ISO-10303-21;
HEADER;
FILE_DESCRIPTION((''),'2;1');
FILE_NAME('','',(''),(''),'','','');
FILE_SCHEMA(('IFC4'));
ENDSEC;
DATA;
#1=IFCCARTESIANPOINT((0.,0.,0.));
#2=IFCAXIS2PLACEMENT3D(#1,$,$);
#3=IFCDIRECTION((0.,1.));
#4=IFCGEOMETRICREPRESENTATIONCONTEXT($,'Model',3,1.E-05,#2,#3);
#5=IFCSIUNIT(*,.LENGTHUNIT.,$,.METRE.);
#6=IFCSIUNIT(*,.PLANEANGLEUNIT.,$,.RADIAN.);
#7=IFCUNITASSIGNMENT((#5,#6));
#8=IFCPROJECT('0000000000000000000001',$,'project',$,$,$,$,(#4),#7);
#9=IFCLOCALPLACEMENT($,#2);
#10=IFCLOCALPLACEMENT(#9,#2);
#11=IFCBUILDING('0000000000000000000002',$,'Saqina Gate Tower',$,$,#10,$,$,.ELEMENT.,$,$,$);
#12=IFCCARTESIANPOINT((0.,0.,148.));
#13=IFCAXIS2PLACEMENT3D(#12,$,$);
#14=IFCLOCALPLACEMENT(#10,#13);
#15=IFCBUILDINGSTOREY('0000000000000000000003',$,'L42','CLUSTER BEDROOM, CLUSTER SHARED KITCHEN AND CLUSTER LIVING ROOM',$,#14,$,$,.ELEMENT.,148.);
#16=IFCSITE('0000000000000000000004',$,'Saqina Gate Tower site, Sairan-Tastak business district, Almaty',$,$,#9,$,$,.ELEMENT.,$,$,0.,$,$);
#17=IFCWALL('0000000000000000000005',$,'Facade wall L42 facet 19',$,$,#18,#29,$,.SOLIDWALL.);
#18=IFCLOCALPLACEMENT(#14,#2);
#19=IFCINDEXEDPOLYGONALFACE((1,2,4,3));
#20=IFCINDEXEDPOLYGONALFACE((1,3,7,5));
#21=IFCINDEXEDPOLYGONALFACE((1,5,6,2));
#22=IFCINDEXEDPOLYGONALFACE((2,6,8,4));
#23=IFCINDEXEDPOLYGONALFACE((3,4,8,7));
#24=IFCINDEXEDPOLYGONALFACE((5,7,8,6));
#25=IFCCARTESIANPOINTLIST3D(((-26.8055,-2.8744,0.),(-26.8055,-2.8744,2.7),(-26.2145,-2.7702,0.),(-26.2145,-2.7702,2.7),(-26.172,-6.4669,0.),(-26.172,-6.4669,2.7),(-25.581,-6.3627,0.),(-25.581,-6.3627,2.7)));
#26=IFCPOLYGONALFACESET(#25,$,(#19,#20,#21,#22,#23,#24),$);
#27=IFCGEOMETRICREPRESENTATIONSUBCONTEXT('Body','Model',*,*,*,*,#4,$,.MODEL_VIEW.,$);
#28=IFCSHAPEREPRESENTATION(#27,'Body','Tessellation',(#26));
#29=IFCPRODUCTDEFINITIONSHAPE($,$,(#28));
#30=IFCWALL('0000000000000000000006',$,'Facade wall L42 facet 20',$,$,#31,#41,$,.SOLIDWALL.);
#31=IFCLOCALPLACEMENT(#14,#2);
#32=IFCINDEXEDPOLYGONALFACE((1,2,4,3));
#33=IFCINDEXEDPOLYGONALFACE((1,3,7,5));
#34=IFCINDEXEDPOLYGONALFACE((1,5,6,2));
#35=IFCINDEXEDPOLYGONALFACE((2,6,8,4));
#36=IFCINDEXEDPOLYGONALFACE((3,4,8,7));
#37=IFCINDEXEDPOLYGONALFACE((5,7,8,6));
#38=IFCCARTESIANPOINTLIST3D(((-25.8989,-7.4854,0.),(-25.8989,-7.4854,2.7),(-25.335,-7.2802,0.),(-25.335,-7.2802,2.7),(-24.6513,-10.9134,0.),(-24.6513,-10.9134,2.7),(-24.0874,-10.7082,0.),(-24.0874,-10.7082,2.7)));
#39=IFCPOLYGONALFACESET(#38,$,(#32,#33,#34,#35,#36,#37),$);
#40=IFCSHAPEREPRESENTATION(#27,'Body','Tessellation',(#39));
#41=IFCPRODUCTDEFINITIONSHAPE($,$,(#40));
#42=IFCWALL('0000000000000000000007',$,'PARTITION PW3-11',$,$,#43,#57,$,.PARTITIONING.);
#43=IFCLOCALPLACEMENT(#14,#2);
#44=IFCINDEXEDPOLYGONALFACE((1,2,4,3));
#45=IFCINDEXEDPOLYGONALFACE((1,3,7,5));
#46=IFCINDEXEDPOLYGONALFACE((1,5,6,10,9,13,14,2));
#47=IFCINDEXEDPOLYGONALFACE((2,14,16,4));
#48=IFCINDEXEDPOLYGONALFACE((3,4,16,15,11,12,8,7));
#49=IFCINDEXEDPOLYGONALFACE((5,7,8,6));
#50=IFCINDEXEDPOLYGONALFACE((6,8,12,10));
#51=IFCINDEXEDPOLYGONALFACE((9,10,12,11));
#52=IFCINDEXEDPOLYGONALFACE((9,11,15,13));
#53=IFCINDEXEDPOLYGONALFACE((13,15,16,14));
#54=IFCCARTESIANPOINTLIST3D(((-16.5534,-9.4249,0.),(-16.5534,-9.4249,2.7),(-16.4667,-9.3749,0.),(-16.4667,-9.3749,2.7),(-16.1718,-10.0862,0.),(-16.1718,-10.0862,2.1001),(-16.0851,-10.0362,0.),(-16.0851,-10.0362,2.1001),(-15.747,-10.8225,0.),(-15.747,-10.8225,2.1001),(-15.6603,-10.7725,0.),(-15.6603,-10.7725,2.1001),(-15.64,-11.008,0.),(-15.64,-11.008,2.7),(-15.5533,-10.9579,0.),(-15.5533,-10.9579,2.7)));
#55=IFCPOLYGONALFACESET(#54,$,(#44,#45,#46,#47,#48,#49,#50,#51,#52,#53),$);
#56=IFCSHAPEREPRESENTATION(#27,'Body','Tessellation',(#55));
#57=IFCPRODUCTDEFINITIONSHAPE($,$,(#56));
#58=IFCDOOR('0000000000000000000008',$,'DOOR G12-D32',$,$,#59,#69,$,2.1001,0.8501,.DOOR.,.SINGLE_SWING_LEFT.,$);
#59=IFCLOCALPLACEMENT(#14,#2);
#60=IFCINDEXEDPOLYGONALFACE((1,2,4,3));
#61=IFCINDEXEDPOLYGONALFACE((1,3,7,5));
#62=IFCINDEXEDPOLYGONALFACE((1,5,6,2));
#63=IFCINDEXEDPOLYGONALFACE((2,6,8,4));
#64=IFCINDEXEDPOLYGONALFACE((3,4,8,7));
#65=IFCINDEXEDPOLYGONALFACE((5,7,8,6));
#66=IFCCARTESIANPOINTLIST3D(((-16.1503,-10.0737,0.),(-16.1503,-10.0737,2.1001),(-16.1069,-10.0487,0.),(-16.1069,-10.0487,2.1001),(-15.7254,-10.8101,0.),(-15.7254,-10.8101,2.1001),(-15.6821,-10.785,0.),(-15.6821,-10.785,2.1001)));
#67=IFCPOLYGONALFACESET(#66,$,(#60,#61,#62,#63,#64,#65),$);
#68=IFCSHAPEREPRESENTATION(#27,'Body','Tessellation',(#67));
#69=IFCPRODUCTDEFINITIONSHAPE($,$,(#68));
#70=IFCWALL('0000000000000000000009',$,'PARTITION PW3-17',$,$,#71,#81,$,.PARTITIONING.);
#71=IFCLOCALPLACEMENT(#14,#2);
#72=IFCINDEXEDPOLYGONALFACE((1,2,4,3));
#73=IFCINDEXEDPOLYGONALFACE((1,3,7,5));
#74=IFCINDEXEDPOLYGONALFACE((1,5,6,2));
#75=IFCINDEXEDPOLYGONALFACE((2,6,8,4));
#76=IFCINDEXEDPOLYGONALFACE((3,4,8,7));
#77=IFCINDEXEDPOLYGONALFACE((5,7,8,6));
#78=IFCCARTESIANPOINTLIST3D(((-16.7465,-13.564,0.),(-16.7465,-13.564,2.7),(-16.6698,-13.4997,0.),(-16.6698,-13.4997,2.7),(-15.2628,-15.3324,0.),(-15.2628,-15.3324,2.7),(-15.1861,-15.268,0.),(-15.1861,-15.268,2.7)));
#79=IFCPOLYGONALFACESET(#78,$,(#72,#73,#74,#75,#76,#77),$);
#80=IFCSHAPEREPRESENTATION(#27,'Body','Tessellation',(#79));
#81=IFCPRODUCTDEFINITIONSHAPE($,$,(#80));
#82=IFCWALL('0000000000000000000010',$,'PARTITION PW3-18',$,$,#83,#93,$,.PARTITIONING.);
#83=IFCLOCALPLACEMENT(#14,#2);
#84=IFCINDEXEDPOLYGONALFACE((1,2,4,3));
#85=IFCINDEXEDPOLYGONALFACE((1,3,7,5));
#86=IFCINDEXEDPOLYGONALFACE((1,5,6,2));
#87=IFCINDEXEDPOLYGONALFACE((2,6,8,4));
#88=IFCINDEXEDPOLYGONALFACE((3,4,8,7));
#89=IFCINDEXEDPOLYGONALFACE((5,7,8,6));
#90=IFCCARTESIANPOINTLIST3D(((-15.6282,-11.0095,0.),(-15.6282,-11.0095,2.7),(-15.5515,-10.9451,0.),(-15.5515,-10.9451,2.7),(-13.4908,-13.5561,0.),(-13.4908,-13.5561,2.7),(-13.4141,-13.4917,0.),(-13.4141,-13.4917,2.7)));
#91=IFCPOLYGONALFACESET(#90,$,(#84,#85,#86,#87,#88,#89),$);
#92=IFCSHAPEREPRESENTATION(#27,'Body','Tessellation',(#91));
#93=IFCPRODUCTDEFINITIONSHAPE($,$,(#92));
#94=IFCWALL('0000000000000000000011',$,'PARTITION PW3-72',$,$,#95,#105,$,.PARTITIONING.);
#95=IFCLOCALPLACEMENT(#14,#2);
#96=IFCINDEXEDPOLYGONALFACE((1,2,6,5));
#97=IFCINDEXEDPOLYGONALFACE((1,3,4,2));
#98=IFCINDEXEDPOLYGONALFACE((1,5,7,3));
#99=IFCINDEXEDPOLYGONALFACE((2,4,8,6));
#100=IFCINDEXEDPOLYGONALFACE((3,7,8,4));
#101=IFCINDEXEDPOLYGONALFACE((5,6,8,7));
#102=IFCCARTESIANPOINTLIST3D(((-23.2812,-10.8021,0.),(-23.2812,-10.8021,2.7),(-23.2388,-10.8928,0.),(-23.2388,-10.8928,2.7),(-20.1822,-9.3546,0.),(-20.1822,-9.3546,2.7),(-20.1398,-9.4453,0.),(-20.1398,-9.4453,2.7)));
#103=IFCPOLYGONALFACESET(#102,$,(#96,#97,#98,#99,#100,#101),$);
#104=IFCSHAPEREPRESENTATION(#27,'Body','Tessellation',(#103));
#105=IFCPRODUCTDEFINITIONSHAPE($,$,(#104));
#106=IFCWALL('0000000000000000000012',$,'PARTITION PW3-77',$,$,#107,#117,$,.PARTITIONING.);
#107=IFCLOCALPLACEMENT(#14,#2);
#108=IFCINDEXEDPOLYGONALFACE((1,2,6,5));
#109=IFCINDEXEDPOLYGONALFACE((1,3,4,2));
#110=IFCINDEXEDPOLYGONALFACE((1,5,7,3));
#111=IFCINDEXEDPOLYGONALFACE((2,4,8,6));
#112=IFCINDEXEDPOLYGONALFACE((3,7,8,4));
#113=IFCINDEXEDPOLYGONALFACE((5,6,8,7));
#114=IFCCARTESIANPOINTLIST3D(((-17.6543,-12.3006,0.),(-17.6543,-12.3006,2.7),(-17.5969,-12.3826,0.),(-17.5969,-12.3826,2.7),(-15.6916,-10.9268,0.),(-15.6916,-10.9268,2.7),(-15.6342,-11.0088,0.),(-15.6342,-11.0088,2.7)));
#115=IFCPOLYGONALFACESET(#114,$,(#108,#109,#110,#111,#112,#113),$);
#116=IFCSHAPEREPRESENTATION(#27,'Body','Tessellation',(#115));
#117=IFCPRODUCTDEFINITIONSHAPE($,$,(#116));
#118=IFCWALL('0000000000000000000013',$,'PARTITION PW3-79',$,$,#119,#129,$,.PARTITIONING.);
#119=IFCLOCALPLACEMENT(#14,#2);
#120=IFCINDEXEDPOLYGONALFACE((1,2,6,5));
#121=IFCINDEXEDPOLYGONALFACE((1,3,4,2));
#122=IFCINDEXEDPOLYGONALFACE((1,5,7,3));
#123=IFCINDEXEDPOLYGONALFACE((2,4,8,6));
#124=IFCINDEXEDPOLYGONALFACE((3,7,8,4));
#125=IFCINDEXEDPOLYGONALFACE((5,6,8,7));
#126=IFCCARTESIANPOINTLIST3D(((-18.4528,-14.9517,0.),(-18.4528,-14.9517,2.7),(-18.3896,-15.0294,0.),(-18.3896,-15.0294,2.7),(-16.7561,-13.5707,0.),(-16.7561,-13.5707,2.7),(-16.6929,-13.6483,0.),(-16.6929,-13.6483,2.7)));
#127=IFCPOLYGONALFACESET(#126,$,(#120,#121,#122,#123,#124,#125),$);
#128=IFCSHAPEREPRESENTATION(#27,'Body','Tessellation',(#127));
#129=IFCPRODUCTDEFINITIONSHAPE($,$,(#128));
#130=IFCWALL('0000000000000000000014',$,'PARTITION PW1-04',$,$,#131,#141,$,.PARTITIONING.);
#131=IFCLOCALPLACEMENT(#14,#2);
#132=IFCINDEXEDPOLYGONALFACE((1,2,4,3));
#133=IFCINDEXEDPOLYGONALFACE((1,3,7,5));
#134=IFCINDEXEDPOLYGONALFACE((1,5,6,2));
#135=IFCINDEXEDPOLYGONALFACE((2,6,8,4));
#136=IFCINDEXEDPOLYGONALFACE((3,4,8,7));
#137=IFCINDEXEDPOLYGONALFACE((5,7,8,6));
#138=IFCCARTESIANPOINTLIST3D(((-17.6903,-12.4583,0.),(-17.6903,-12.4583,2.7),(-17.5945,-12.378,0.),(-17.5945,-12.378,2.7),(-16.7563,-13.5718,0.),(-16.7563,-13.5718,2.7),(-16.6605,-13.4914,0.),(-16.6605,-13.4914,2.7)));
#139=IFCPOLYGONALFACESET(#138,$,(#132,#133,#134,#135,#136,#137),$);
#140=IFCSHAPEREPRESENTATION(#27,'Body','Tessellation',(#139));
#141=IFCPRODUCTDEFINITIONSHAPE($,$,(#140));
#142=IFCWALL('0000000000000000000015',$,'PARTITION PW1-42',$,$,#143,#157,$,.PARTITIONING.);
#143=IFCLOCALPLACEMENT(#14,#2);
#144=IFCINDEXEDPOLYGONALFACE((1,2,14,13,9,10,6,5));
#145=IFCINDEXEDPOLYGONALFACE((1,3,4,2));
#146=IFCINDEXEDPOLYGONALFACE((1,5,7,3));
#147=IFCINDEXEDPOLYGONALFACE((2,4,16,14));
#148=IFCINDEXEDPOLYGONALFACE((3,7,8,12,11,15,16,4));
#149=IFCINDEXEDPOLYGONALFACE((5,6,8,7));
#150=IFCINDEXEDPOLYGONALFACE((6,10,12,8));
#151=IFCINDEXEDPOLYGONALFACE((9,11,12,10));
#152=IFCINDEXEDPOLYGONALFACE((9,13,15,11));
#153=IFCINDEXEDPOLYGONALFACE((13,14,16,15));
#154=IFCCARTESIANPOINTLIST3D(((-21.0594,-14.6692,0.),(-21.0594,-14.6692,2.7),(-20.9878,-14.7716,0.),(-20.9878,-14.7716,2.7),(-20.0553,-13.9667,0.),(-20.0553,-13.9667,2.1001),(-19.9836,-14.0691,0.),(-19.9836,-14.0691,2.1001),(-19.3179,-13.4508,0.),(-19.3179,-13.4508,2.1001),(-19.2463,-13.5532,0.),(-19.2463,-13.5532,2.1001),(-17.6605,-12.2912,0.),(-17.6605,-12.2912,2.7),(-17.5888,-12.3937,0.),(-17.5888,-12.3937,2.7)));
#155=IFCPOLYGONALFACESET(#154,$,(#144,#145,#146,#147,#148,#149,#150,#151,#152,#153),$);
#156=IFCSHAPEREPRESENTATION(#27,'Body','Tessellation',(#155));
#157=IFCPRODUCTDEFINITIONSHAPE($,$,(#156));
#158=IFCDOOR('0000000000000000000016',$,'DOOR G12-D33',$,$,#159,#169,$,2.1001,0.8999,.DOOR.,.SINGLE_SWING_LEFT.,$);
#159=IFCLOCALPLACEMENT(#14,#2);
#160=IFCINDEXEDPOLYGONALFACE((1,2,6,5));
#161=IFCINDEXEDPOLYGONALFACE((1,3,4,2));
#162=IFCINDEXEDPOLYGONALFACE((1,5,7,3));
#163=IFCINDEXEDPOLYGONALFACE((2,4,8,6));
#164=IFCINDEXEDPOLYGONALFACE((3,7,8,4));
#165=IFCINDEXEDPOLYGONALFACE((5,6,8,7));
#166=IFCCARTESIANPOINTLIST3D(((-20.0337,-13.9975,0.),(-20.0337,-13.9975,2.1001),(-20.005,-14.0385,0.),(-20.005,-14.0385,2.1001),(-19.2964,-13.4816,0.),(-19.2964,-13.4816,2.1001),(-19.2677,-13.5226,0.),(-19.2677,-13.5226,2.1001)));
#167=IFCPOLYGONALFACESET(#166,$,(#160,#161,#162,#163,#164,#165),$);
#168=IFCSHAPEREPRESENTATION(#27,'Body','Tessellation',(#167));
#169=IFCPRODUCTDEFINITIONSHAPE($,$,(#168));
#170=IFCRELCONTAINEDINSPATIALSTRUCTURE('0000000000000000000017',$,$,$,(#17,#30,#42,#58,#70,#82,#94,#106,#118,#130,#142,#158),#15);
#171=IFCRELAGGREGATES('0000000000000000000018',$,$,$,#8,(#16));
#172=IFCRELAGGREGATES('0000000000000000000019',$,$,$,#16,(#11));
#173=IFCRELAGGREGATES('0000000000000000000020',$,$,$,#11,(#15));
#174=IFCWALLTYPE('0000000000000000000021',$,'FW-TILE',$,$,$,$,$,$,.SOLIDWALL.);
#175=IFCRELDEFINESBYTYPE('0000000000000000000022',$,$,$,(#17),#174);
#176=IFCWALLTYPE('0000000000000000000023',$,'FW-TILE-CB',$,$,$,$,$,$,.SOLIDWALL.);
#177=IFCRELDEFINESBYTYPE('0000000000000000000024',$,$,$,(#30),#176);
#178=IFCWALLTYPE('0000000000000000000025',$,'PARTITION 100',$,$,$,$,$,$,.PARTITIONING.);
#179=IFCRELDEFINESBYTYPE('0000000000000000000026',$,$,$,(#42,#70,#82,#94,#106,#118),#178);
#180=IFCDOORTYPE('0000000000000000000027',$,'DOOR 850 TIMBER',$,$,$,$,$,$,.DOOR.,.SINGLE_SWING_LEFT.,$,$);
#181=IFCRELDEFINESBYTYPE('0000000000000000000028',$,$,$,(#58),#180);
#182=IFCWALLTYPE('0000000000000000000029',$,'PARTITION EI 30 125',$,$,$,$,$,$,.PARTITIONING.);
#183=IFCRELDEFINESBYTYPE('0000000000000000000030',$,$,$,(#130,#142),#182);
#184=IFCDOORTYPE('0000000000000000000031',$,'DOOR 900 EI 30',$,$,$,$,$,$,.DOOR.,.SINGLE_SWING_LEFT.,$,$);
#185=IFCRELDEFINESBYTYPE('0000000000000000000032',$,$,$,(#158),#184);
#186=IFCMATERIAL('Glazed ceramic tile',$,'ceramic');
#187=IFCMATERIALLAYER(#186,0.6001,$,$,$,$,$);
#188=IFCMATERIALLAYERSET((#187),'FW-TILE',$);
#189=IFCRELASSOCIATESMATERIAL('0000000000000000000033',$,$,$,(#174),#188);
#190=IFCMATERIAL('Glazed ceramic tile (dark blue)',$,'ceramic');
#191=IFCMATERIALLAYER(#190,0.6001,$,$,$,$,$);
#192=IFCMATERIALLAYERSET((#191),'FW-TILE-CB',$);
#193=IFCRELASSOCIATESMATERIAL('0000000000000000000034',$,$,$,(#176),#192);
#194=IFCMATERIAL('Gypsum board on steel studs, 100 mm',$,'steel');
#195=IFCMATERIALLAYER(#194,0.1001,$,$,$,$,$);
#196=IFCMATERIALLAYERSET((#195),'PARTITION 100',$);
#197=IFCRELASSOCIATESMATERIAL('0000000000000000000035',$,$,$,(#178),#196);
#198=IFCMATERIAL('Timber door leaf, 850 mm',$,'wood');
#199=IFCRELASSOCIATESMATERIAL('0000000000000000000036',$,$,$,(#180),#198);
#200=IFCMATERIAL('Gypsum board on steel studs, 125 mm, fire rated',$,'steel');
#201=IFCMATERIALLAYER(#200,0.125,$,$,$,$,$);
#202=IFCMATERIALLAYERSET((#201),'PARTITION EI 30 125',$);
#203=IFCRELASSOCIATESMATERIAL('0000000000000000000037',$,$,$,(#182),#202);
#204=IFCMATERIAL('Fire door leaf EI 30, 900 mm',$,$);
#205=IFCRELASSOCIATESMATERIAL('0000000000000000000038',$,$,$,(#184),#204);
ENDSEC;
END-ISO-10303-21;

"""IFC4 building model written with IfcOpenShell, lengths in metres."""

from ifc_helpers import new_model, si_unit, direction, frame, frame_2d, origin, place, context, subcontext, project, spatial, rectangle, extrude, material, layer, layer_set, type_object, element, fill, save


model = new_model("IFC4")

# Units and contexts
model_context = context("Model", 3, precision=1e-05, world=origin(), true_north=direction((0.0, 1.0)))
body_context = subcontext(model_context, "Body", "Model", "MODEL_VIEW")
ifc_project = project(units=[si_unit("LENGTHUNIT", "METRE"), si_unit("PLANEANGLEUNIT", "RADIAN")], contexts=[model_context])

# Site, building, storey
site_placement = place(None, origin())
site = spatial("IfcSite", under=ifc_project, at=site_placement, Name="Saqina Gate Tower site, Sairan-Tastak business district, Almaty", CompositionType="ELEMENT", RefElevation=0.0)
building_placement = place(site_placement, origin())
building = spatial("IfcBuilding", under=site, at=building_placement, Name="Saqina Gate Tower", CompositionType="ELEMENT")
storey_placement = place(building_placement, frame((0.0, 0.0, 148.0)))
storey = spatial("IfcBuildingStorey", under=building, at=storey_placement, Name="L42", Description="CLUSTER BEDROOM, CLUSTER SHARED KITCHEN AND CLUSTER LIVING ROOM", CompositionType="ELEMENT", Elevation=148.0)

# Walls
ifc_material_1 = material(Name="Glazed ceramic tile", Category="ceramic")
ifc_layer_1 = layer(ifc_material_1, 0.6001)
ifc_layer_set_1 = layer_set([ifc_layer_1], Name="FW-TILE")
wall_type_1 = type_object("IfcWallType", Name="FW-TILE", PredefinedType="SOLIDWALL", material=ifc_layer_set_1)
wall_1_placement = place(storey_placement, frame((-26.51, -2.8223, 0.0), z_axis=(0.0, 0.0, 1.0), x_axis=(0.173671, -0.984804, 0.0)))
element("IfcWall", 1, at=wall_1_placement, inside=storey, type_object=wall_type_1, Name="Facade wall L42 facet 19", PredefinedType="SOLIDWALL", context=body_context, shape_type="SweptSolid", body=[
    extrude(rectangle(XDim=3.6479, YDim=0.6001, at=frame_2d((1.824, 0.0))), origin(), (0.0, 0.0, 1.0), 2.7),
])
ifc_material_2 = material(Name="Glazed ceramic tile (dark blue)", Category="ceramic")
ifc_layer_2 = layer(ifc_material_2, 0.6001)
ifc_layer_set_2 = layer_set([ifc_layer_2], Name="FW-TILE-CB")
wall_type_2 = type_object("IfcWallType", Name="FW-TILE-CB", PredefinedType="SOLIDWALL", material=ifc_layer_set_2)
wall_2_placement = place(storey_placement, frame((-25.6169, -7.3828, 0.0), z_axis=(0.0, 0.0, 1.0), x_axis=(0.34199, -0.939704, 0.0)))
element("IfcWall", 2, at=wall_2_placement, inside=storey, type_object=wall_type_2, Name="Facade wall L42 facet 20", PredefinedType="SOLIDWALL", context=body_context, shape_type="SweptSolid", body=[
    extrude(rectangle(XDim=3.6479, YDim=0.6001, at=frame_2d((1.824, 0.0))), origin(), (0.0, 0.0, 1.0), 2.7),
])

# Wall, opening, door
ifc_material_3 = material(Name="Gypsum board on steel studs, 100 mm", Category="steel")
ifc_layer_3 = layer(ifc_material_3, 0.1001)
ifc_layer_set_3 = layer_set([ifc_layer_3], Name="PARTITION 100")
wall_type_3 = type_object("IfcWallType", Name="PARTITION 100", PredefinedType="PARTITIONING", material=ifc_layer_set_3)
wall_3_placement = place(storey_placement, frame((-16.51, -9.3999, 0.0), z_axis=(0.0, 0.0, 1.0), x_axis=(0.499746, -0.866172, 0.0)))
wall_3 = element("IfcWall", 3, at=wall_3_placement, inside=storey, type_object=wall_type_3, Name="PARTITION PW3-11", PredefinedType="PARTITIONING", context=body_context, shape_type="SweptSolid", body=[
    extrude(rectangle(XDim=1.8276, YDim=0.1001, at=frame_2d((0.9138, 0.0))), origin(), (0.0, 0.0, 1.0), 2.7),
])
opening_1_placement = place(wall_3_placement, frame((0.7634, 0.0, 0.0)))
opening_1 = element("IfcOpeningElement", 4, at=opening_1_placement, cuts=wall_3, PredefinedType="OPENING", context=body_context, shape_type="SweptSolid", body=[
    extrude(rectangle(XDim=0.8501, YDim=2.1001, at=frame_2d((0.425, 1.05))), frame((0.0, 0.062, 0.0), z_axis=(0.0, -1.0, 0.0), x_axis=(1.0, 0.0, 0.0)), (0.0, 0.0, 1.0), 0.124),
])
ifc_material_4 = material(Name="Timber door leaf, 850 mm", Category="wood")
door_type_1 = type_object("IfcDoorType", Name="DOOR 850 TIMBER", OperationType="SINGLE_SWING_LEFT", PredefinedType="DOOR", material=ifc_material_4)
door_1_placement = place(opening_1_placement, origin())
door_1 = element("IfcDoor", 5, at=door_1_placement, inside=storey, type_object=door_type_1, Name="DOOR G12-D32", OperationType="SINGLE_SWING_LEFT", OverallHeight=2.1001, OverallWidth=0.8501, PredefinedType="DOOR", context=body_context, shape_type="SweptSolid", body=[
    extrude(rectangle(XDim=0.8501, YDim=2.1001, at=frame_2d((0.425, 1.05))), frame((0.0, 0.0249, 0.0), z_axis=(0.0, -1.0, 0.0), x_axis=(1.0, 0.0, 0.0)), (0.0, 0.0, 1.0), 0.05),
])
fill(opening_1, door_1)

# Walls
wall_4_placement = place(storey_placement, frame((-16.7083, -13.5317, 0.0), z_axis=(0.0, 0.0, 1.0), x_axis=(0.64275, -0.766076, 0.0)))
element("IfcWall", 6, at=wall_4_placement, inside=storey, type_object=wall_type_3, Name="PARTITION PW3-17", PredefinedType="PARTITIONING", context=body_context, shape_type="SweptSolid", body=[
    extrude(rectangle(XDim=2.3083, YDim=0.1001, at=frame_2d((1.1543, 0.0))), origin(), (0.0, 0.0, 1.0), 2.7),
])
wall_5_placement = place(storey_placement, frame((-15.5898, -10.9773, 0.0), z_axis=(0.0, 0.0, 1.0), x_axis=(0.642889, -0.765959, 0.0)))
element("IfcWall", 7, at=wall_5_placement, inside=storey, type_object=wall_type_3, Name="PARTITION PW3-18", PredefinedType="PARTITIONING", context=body_context, shape_type="SweptSolid", body=[
    extrude(rectangle(XDim=3.3247, YDim=0.1001, at=frame_2d((1.6624, 0.0))), origin(), (0.0, 0.0, 1.0), 2.7),
])
wall_6_placement = place(storey_placement, frame((-23.26, -10.8474, 0.0), z_axis=(0.0, 0.0, 1.0), x_axis=(0.906043, 0.423186, 0.0)))
element("IfcWall", 8, at=wall_6_placement, inside=storey, type_object=wall_type_3, Name="PARTITION PW3-72", PredefinedType="PARTITIONING", context=body_context, shape_type="SweptSolid", body=[
    extrude(rectangle(XDim=3.4204, YDim=0.1001, at=frame_2d((1.7102, 0.0))), origin(), (0.0, 0.0, 1.0), 2.7),
])
wall_7_placement = place(storey_placement, frame((-17.6255, -12.3416, 0.0), z_axis=(0.0, 0.0, 1.0), x_axis=(0.819246, 0.573442, 0.0)))
element("IfcWall", 9, at=wall_7_placement, inside=storey, type_object=wall_type_3, Name="PARTITION PW3-77", PredefinedType="PARTITIONING", context=body_context, shape_type="SweptSolid", body=[
    extrude(rectangle(XDim=2.3958, YDim=0.1001, at=frame_2d((1.1978, 0.0))), origin(), (0.0, 0.0, 1.0), 2.7),
])
wall_8_placement = place(storey_placement, frame((-18.4211, -14.9905, 0.0), z_axis=(0.0, 0.0, 1.0), x_axis=(0.775561, 0.631273, 0.0)))
element("IfcWall", 10, at=wall_8_placement, inside=storey, type_object=wall_type_3, Name="PARTITION PW3-79", PredefinedType="PARTITIONING", context=body_context, shape_type="SweptSolid", body=[
    extrude(rectangle(XDim=2.1877, YDim=0.1001, at=frame_2d((1.0938, 0.0))), origin(), (0.0, 0.0, 1.0), 2.7),
])
ifc_material_5 = material(Name="Gypsum board on steel studs, 125 mm, fire rated", Category="steel")
ifc_layer_4 = layer(ifc_material_5, 0.125)
ifc_layer_set_4 = layer_set([ifc_layer_4], Name="PARTITION EI 30 125")
wall_type_4 = type_object("IfcWallType", Name="PARTITION EI 30 125", PredefinedType="PARTITIONING", material=ifc_layer_set_4)
wall_9_placement = place(storey_placement, frame((-17.6423, -12.4182, 0.0), z_axis=(0.0, 0.0, 1.0), x_axis=(0.642676, -0.766138, 0.0)))
element("IfcWall", 11, at=wall_9_placement, inside=storey, type_object=wall_type_4, Name="PARTITION PW1-04", PredefinedType="PARTITIONING", context=body_context, shape_type="SweptSolid", body=[
    extrude(rectangle(XDim=1.4534, YDim=0.125, at=frame_2d((0.7266, 0.0))), origin(), (0.0, 0.0, 1.0), 2.7),
])

# Wall, opening, door
wall_10_placement = place(storey_placement, frame((-21.0237, -14.7205, 0.0), z_axis=(0.0, 0.0, 1.0), x_axis=(0.819381, 0.573249, 0.0)))
wall_10 = element("IfcWall", 12, at=wall_10_placement, inside=storey, type_object=wall_type_4, Name="PARTITION PW1-42", PredefinedType="PARTITIONING", context=body_context, shape_type="SweptSolid", body=[
    extrude(rectangle(XDim=4.1482, YDim=0.125, at=frame_2d((2.0742, 0.0))), origin(), (0.0, 0.0, 1.0), 2.7),
])
opening_2_placement = place(wall_10_placement, frame((1.2256, 0.0, 0.0)))
opening_2 = element("IfcOpeningElement", 13, at=opening_2_placement, cuts=wall_10, PredefinedType="OPENING", context=body_context, shape_type="SweptSolid", body=[
    extrude(rectangle(XDim=0.8999, YDim=2.1001, at=frame_2d((0.45, 1.05))), frame((0.0, 0.0745, 0.0), z_axis=(0.0, -1.0, 0.0), x_axis=(1.0, 0.0, 0.0)), (0.0, 0.0, 1.0), 0.1489),
])
ifc_material_6 = material(Name="Fire door leaf EI 30, 900 mm")
door_type_2 = type_object("IfcDoorType", Name="DOOR 900 EI 30", OperationType="SINGLE_SWING_LEFT", PredefinedType="DOOR", material=ifc_material_6)
door_2_placement = place(opening_2_placement, origin())
door_2 = element("IfcDoor", 14, at=door_2_placement, inside=storey, type_object=door_type_2, Name="DOOR G12-D33", OperationType="SINGLE_SWING_LEFT", OverallHeight=2.1001, OverallWidth=0.8999, PredefinedType="DOOR", context=body_context, shape_type="SweptSolid", body=[
    extrude(rectangle(XDim=0.8999, YDim=2.1001, at=frame_2d((0.45, 1.05))), frame((0.0, 0.0249, 0.0), z_axis=(0.0, -1.0, 0.0), x_axis=(1.0, 0.0, 0.0)), (0.0, 0.0, 1.0), 0.05),
])
fill(opening_2, door_2)

save(model, "model.ifc")
